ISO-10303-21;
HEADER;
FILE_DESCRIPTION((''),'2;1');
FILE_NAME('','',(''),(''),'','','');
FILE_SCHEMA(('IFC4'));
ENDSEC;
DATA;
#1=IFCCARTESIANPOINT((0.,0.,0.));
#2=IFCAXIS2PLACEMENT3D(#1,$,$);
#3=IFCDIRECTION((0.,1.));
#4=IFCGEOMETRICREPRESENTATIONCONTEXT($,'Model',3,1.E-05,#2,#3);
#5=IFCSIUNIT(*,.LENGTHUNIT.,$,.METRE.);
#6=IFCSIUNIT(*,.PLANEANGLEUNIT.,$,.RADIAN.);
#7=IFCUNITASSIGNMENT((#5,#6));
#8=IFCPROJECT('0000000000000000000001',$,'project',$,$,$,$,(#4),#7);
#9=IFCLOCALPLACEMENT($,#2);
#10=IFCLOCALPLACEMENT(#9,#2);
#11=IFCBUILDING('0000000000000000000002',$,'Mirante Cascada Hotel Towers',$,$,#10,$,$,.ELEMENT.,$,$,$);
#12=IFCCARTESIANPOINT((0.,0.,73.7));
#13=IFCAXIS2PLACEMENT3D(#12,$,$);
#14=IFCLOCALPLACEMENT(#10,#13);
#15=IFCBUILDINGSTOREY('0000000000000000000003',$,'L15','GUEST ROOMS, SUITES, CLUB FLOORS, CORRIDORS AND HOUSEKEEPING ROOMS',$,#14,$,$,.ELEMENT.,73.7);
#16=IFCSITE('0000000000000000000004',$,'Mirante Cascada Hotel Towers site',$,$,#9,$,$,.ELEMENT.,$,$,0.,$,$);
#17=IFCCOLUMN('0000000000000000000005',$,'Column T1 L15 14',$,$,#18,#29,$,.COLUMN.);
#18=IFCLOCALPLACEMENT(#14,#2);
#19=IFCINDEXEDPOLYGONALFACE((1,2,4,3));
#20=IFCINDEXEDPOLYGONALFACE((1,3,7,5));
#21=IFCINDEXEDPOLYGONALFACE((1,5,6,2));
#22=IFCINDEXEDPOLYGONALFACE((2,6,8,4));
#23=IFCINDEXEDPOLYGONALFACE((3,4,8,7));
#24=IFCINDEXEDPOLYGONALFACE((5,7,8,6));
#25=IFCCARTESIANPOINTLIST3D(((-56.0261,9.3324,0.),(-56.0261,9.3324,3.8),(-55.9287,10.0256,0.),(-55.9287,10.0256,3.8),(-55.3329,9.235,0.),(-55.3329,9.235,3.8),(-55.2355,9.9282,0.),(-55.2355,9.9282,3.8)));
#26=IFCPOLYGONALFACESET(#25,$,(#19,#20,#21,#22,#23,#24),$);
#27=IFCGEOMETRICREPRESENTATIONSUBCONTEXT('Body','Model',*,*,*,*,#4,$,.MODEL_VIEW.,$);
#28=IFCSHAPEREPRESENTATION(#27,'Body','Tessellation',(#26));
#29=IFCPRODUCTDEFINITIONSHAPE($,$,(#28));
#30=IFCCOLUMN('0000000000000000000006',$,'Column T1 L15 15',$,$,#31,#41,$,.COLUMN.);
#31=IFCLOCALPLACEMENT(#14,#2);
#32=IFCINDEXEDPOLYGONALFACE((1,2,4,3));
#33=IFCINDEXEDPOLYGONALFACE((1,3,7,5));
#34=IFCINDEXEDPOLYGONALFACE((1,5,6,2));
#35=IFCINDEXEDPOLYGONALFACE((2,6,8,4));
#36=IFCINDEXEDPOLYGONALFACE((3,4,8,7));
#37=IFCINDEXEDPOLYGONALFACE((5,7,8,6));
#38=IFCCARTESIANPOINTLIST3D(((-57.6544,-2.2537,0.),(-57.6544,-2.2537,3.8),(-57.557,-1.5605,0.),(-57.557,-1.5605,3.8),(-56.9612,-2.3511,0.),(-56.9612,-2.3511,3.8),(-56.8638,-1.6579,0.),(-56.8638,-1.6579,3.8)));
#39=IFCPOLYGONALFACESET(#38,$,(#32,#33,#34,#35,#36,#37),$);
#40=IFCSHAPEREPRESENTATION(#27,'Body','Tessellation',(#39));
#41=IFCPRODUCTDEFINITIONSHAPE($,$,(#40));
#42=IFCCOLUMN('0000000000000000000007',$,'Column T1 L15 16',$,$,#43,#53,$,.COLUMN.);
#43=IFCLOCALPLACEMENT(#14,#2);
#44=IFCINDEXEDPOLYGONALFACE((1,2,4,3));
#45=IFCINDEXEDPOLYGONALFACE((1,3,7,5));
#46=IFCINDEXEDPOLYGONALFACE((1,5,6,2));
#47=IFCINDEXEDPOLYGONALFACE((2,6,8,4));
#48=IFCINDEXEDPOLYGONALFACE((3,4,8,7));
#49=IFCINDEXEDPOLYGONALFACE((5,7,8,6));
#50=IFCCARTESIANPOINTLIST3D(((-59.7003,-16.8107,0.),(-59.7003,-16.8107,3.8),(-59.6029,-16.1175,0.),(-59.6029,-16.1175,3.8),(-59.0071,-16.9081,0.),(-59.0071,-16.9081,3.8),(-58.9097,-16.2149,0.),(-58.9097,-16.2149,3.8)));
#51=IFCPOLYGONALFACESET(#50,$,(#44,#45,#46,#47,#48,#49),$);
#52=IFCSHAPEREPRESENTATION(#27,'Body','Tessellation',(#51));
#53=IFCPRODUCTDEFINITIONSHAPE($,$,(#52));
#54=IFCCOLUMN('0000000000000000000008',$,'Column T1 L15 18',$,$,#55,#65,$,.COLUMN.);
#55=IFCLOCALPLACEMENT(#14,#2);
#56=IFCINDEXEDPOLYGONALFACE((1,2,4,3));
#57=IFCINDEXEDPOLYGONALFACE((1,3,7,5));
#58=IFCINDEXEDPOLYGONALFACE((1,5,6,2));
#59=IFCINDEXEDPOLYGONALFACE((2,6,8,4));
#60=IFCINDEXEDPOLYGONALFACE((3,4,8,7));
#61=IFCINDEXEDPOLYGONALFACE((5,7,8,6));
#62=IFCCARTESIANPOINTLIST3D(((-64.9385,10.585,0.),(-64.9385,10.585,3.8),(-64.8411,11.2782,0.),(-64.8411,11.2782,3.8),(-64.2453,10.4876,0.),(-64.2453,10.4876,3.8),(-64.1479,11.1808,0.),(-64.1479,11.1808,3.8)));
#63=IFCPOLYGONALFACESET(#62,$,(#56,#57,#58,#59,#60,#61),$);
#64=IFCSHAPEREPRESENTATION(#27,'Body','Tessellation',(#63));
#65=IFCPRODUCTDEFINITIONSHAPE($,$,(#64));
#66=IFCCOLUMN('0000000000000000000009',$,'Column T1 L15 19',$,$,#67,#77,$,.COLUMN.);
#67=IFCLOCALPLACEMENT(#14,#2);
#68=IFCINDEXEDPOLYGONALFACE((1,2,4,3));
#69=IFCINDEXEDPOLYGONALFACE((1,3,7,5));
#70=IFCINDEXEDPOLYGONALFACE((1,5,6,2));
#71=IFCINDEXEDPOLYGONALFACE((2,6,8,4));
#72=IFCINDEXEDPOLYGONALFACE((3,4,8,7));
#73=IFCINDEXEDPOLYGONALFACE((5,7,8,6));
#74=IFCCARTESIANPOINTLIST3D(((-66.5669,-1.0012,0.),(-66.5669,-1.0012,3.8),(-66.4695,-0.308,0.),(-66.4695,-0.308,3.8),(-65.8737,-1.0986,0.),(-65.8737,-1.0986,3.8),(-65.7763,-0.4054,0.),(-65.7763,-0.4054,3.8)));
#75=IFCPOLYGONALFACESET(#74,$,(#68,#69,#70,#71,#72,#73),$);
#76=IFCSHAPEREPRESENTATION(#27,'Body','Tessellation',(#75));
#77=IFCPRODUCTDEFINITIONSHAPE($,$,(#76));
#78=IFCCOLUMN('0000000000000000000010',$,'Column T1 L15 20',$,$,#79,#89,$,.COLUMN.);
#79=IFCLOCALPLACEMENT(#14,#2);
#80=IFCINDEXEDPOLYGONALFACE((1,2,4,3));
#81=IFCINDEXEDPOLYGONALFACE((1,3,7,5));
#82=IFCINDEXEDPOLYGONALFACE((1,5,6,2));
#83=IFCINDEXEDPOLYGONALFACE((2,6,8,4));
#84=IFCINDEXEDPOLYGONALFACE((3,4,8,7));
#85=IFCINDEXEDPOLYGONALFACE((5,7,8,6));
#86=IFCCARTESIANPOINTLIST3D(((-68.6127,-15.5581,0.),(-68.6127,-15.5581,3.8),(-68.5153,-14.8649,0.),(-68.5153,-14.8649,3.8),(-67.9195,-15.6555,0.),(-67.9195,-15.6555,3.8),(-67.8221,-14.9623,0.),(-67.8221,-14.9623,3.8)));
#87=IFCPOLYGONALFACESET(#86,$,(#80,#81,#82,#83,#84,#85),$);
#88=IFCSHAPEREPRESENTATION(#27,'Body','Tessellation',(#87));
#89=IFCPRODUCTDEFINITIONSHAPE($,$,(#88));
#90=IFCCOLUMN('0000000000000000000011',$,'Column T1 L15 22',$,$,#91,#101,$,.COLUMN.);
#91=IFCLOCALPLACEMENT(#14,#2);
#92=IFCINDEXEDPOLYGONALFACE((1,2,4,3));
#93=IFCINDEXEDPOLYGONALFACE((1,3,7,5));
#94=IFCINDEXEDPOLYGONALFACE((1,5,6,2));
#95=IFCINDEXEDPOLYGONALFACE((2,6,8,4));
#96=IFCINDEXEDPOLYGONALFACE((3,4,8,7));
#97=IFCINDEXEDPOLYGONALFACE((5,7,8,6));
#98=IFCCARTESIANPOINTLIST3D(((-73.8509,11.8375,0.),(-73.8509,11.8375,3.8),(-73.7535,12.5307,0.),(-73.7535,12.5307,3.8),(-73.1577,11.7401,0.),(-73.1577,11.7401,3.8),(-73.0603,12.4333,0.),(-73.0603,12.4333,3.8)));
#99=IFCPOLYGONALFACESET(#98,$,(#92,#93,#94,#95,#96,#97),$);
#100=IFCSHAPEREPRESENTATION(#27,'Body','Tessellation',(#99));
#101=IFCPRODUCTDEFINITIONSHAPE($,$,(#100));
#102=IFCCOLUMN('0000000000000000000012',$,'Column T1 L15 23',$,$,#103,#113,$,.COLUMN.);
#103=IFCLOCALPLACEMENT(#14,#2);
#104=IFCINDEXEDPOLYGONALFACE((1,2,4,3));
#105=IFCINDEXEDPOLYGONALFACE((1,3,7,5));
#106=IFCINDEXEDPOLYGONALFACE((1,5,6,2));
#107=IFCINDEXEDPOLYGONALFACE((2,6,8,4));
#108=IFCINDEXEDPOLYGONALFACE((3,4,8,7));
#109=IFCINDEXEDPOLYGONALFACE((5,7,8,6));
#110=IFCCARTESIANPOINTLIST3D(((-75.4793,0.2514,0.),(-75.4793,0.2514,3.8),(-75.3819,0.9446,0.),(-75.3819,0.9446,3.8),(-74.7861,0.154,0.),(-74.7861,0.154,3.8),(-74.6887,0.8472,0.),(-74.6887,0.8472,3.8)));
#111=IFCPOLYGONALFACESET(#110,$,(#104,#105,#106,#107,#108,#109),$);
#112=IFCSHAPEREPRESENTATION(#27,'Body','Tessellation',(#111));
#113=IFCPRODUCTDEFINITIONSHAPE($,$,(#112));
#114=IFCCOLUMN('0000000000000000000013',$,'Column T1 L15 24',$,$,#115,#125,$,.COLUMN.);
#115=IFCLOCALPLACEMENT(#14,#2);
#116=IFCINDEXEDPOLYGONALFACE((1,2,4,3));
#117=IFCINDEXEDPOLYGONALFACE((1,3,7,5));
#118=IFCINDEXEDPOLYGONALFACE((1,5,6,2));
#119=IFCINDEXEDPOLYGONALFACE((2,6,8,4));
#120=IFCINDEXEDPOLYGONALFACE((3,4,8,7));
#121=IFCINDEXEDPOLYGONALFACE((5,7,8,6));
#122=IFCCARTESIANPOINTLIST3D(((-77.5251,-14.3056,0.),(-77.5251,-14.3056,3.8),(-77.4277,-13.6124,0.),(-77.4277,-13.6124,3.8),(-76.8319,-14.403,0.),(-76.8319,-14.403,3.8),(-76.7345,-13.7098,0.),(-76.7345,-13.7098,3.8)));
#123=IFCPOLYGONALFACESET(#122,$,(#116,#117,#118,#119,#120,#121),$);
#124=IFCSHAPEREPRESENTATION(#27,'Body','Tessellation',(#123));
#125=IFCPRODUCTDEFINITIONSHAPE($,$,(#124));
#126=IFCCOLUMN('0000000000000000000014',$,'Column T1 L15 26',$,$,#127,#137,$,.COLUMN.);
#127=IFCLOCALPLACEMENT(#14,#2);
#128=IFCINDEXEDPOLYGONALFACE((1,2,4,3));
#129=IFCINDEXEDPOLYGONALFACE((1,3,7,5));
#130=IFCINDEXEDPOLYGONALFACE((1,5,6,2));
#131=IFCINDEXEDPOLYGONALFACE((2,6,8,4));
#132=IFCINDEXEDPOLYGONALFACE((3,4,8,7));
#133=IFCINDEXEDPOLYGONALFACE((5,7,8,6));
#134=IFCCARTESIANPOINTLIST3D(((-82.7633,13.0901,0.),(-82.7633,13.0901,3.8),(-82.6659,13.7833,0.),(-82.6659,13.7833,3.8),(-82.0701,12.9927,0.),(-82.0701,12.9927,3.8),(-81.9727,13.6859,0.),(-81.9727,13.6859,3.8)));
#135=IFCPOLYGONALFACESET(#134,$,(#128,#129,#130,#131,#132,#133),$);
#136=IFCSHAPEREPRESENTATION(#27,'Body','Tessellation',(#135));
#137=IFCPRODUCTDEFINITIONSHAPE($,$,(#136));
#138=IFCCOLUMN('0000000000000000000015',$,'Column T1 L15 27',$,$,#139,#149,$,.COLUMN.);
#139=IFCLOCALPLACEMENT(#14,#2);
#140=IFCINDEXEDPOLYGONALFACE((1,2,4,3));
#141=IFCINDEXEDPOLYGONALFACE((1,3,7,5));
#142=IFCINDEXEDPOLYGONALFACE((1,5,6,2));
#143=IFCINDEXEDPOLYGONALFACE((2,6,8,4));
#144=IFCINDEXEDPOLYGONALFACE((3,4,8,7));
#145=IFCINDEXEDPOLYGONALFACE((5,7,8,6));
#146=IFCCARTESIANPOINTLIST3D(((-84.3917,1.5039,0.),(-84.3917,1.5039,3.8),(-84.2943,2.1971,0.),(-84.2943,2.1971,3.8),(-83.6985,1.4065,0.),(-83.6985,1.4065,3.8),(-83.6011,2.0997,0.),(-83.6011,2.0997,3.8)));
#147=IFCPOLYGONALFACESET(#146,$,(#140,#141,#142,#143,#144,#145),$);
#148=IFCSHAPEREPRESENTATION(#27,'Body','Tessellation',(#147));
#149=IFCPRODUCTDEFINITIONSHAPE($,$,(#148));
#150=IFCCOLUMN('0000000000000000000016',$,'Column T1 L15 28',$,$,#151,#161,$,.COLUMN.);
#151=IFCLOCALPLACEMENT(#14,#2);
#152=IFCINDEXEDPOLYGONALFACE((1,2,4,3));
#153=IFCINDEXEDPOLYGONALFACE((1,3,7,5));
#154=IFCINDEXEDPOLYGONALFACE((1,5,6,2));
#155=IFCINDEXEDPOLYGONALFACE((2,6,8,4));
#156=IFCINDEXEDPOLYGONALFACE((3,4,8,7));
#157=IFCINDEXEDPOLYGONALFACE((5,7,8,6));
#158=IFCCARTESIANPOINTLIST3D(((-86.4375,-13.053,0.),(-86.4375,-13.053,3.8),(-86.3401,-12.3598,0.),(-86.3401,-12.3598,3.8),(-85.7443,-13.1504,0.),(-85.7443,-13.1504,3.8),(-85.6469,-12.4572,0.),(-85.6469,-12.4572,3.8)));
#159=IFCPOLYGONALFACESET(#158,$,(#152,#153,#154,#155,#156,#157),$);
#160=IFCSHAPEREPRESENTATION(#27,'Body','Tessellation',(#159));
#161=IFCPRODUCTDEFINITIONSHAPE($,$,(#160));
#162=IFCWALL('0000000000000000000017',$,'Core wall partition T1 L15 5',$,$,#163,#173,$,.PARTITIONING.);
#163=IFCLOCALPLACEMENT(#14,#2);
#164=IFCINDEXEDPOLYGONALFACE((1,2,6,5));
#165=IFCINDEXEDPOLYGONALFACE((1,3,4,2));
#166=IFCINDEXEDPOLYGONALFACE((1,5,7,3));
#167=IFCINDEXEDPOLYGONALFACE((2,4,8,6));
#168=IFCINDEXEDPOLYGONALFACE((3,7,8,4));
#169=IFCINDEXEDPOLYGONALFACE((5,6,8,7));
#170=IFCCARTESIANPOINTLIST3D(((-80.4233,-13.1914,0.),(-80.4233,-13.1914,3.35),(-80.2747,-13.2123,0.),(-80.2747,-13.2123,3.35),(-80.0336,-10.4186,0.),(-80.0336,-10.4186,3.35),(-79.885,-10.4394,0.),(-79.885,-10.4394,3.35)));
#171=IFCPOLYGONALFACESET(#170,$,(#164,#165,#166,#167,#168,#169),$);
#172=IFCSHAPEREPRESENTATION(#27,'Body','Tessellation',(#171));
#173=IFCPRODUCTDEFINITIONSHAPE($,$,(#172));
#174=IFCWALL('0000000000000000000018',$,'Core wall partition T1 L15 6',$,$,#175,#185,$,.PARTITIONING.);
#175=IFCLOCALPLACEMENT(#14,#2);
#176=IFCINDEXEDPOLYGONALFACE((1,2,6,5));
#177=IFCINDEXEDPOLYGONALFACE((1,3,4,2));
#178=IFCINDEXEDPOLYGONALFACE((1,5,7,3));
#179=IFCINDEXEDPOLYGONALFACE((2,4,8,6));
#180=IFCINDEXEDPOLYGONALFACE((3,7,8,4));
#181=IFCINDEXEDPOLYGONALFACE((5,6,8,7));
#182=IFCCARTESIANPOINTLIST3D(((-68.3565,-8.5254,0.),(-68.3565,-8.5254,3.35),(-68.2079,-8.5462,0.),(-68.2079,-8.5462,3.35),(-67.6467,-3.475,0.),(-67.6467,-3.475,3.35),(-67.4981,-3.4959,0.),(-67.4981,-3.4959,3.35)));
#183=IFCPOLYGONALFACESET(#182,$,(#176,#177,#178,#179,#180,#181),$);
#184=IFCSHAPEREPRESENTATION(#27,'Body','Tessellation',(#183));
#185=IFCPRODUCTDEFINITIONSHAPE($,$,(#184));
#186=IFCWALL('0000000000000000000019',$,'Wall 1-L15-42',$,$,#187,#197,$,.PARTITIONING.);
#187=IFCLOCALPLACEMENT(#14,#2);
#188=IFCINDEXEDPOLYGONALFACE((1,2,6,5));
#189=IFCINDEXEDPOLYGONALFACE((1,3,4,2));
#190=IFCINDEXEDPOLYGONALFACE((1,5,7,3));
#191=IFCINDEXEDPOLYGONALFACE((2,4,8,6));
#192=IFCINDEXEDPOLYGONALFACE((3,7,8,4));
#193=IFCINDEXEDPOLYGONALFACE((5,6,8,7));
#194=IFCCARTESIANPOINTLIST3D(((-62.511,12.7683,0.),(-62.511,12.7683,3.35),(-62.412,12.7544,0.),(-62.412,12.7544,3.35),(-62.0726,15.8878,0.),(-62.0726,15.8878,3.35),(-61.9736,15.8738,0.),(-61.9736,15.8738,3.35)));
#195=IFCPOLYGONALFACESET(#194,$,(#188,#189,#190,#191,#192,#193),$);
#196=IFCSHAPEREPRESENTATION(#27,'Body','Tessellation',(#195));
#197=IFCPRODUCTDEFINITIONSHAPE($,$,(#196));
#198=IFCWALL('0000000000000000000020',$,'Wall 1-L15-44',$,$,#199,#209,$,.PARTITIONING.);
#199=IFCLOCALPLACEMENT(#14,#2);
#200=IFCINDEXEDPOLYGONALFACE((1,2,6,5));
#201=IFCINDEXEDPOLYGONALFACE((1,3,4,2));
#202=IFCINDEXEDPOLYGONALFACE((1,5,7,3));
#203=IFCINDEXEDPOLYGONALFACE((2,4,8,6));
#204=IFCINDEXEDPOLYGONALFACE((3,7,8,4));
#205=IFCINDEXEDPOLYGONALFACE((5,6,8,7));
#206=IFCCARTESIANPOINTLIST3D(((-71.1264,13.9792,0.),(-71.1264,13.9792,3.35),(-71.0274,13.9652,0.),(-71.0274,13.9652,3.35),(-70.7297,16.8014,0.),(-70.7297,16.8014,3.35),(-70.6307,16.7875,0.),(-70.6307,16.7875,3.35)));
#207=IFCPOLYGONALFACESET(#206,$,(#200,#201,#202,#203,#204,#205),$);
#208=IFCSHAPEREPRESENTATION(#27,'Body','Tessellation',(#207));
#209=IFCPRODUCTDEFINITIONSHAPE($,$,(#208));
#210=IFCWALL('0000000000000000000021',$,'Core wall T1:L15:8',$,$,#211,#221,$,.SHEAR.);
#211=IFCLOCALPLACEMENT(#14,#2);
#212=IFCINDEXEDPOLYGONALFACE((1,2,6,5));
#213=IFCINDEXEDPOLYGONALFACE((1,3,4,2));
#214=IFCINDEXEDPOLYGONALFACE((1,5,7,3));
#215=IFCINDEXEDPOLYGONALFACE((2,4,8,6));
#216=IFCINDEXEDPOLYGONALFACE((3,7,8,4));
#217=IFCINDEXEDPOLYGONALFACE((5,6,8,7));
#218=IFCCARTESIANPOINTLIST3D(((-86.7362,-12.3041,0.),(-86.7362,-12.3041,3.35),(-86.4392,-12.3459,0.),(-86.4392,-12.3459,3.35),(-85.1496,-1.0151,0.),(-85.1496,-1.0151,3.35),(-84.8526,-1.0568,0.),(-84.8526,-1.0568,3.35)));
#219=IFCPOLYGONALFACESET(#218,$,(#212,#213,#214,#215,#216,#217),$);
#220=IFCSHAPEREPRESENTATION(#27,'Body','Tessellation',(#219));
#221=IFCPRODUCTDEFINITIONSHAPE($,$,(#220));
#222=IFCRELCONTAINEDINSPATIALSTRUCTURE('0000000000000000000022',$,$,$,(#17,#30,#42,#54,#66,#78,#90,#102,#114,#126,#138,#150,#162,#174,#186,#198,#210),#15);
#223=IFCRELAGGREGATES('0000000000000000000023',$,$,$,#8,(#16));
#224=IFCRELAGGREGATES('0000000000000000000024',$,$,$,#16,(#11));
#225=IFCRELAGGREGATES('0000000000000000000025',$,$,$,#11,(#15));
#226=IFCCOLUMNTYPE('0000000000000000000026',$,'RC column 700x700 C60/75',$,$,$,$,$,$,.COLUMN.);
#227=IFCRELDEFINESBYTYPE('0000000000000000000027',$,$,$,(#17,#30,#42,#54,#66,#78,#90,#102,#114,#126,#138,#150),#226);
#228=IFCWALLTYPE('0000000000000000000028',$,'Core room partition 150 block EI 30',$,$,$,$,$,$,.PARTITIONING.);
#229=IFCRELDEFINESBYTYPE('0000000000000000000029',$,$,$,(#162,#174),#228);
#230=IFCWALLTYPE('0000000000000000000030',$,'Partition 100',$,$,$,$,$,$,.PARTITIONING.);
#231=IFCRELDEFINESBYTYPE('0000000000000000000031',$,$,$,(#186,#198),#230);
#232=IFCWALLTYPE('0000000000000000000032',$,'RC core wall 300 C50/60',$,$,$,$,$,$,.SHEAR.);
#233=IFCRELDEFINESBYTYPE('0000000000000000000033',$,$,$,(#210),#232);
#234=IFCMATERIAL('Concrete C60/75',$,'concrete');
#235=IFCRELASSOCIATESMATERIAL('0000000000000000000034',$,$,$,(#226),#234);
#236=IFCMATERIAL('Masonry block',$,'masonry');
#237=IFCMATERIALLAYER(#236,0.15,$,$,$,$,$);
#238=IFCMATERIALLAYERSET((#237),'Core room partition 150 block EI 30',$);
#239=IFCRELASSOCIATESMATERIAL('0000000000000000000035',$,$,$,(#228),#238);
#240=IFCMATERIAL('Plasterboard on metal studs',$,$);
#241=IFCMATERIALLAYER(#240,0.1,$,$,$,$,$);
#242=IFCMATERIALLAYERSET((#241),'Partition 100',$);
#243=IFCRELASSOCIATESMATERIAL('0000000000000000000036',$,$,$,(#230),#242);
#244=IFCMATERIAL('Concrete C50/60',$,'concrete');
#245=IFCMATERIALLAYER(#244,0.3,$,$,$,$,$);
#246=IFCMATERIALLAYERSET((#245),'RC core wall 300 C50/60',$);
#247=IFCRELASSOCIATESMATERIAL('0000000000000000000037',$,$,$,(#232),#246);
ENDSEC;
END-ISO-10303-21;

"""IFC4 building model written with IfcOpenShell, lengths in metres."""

from ifc_helpers import new_model, si_unit, direction, frame, frame_2d, origin, origin_2d, place, context, subcontext, project, spatial, rectangle, extrude, material, layer, layer_set, material_profile, profile_set, type_object, element, save


model = new_model("IFC4")

# Units and contexts
model_context = context("Model", 3, precision=1e-05, world=origin(), true_north=direction((0.0, 1.0)))
body_context = subcontext(model_context, "Body", "Model", "MODEL_VIEW")
ifc_project = project(units=[si_unit("LENGTHUNIT", "METRE"), si_unit("PLANEANGLEUNIT", "RADIAN")], contexts=[model_context])

# Site, building, storey
site_placement = place(None, origin())
site = spatial("IfcSite", under=ifc_project, at=site_placement, Name="Mirante Cascada Hotel Towers site", CompositionType="ELEMENT", RefElevation=0.0)
building_placement = place(site_placement, origin())
building = spatial("IfcBuilding", under=site, at=building_placement, Name="Mirante Cascada Hotel Towers", CompositionType="ELEMENT")
storey_placement = place(building_placement, frame((0.0, 0.0, 73.7)))
storey = spatial("IfcBuildingStorey", under=building, at=storey_placement, Name="L15", Description="GUEST ROOMS, SUITES, CLUB FLOORS, CORRIDORS AND HOUSEKEEPING ROOMS", CompositionType="ELEMENT", Elevation=73.7)

# Columns
ifc_material_1 = material(Name="Concrete C60/75", Category="concrete")
ifc_material_profile = material_profile(ifc_material_1, rectangle(XDim=0.7, YDim=0.7, at=origin_2d()), Name="RC column 700x700 C60/75")
ifc_profile_set = profile_set([ifc_material_profile], Name="Concrete C60/75")
column_type = type_object("IfcColumnType", Name="RC column 700x700 C60/75", PredefinedType="COLUMN", material=ifc_profile_set)
for number, where, z_axis, x_axis, name in (
    (1, (-55.6308, 9.6303, 0.0), (0.0, 0.0, 1.0), (-0.990268, 0.139173, 0.0), "Column T1 L15 14"),
    (2, (-57.2591, -1.9558, 0.0), (0.0, 0.0, 1.0), (-0.990268, 0.139173, 0.0), "Column T1 L15 15"),
    (3, (-59.305, -16.5128, 0.0), (0.0, 0.0, 1.0), (-0.990268, 0.139173, 0.0), "Column T1 L15 16"),
    (4, (-64.5432, 10.8829, 0.0), (0.0, 0.0, 1.0), (-0.990268, 0.139173, 0.0), "Column T1 L15 18"),
    (5, (-66.1716, -0.7033, 0.0), (0.0, 0.0, 1.0), (-0.990268, 0.139173, 0.0), "Column T1 L15 19"),
    (6, (-68.2174, -15.2602, 0.0), (0.0, 0.0, 1.0), (-0.990268, 0.139173, 0.0), "Column T1 L15 20"),
    (7, (-73.4556, 12.1354, 0.0), (0.0, 0.0, 1.0), (-0.990268, 0.139173, 0.0), "Column T1 L15 22"),
    (8, (-75.084, 0.5493, 0.0), (0.0, 0.0, 1.0), (-0.990268, 0.139173, 0.0), "Column T1 L15 23"),
    (9, (-77.1298, -14.0077, 0.0), (0.0, 0.0, 1.0), (-0.990268, 0.139173, 0.0), "Column T1 L15 24"),
    (10, (-82.368, 13.388, 0.0), (0.0, 0.0, 1.0), (-0.990268, 0.139173, 0.0), "Column T1 L15 26"),
    (11, (-83.9964, 1.8018, 0.0), (0.0, 0.0, 1.0), (-0.990268, 0.139173, 0.0), "Column T1 L15 27"),
    (12, (-86.0422, -12.7551, 0.0), (0.0, 0.0, 1.0), (-0.990268, 0.139173, 0.0), "Column T1 L15 28"),
):
    element("IfcColumn", number, at=place(storey_placement, frame(where, z_axis=z_axis, x_axis=x_axis)), inside=storey, type_object=column_type, Name=name, PredefinedType="COLUMN", context=body_context, shape_type="SweptSolid", body=[
        extrude(rectangle(XDim=0.7, YDim=0.7, at=origin_2d()), origin(), (0.0, 0.0, 1.0), 3.8),
    ])

# Walls
ifc_material_2 = material(Name="Masonry block", Category="masonry")
ifc_layer_1 = layer(ifc_material_2, 0.15)
ifc_layer_set_1 = layer_set([ifc_layer_1], Name="Core room partition 150 block EI 30")
wall_type_1 = type_object("IfcWallType", Name="Core room partition 150 block EI 30", PredefinedType="PARTITIONING", material=ifc_layer_set_1)
wall_1_placement = place(storey_placement, frame((-80.349, -13.2018, 0.0), z_axis=(0.0, 0.0, 1.0), x_axis=(0.139176, 0.990268, 0.0)))
element("IfcWall", 13, at=wall_1_placement, inside=storey, type_object=wall_type_1, Name="Core wall partition T1 L15 5", PredefinedType="PARTITIONING", context=body_context, shape_type="SweptSolid", body=[
    extrude(rectangle(XDim=2.8001, YDim=0.15, at=frame_2d((1.4, 0.0))), origin(), (0.0, 0.0, 1.0), 3.35),
])
wall_2_placement = place(storey_placement, frame((-68.2822, -8.5358, 0.0), z_axis=(0.0, 0.0, 1.0), x_axis=(0.139176, 0.990268, 0.0)))
element("IfcWall", 14, at=wall_2_placement, inside=storey, type_object=wall_type_1, Name="Core wall partition T1 L15 6", PredefinedType="PARTITIONING", context=body_context, shape_type="SweptSolid", body=[
    extrude(rectangle(XDim=5.1, YDim=0.15, at=frame_2d((2.55, 0.0))), origin(), (0.0, 0.0, 1.0), 3.35),
])
ifc_material_3 = material(Name="Plasterboard on metal studs")
ifc_layer_2 = layer(ifc_material_3, 0.1)
ifc_layer_set_2 = layer_set([ifc_layer_2], Name="Partition 100")
wall_type_2 = type_object("IfcWallType", Name="Partition 100", PredefinedType="PARTITIONING", material=ifc_layer_set_2)
wall_3_placement = place(storey_placement, frame((-62.4615, 12.7614, 0.0), z_axis=(0.0, 0.0, 1.0), x_axis=(0.139172, 0.990268, 0.0)))
element("IfcWall", 15, at=wall_3_placement, inside=storey, type_object=wall_type_2, Name="Wall 1-L15-42", PredefinedType="PARTITIONING", context=body_context, shape_type="SweptSolid", body=[
    extrude(rectangle(XDim=3.1501, YDim=0.1, at=frame_2d((1.575, 0.0))), origin(), (0.0, 0.0, 1.0), 3.35),
])
wall_4_placement = place(storey_placement, frame((-71.0769, 13.9722, 0.0), z_axis=(0.0, 0.0, 1.0), x_axis=(0.139191, 0.990266, 0.0)))
element("IfcWall", 16, at=wall_4_placement, inside=storey, type_object=wall_type_2, Name="Wall 1-L15-44", PredefinedType="PARTITIONING", context=body_context, shape_type="SweptSolid", body=[
    extrude(rectangle(XDim=2.85, YDim=0.1, at=frame_2d((1.425, 0.0))), origin(), (0.0, 0.0, 1.0), 3.35),
])
ifc_material_4 = material(Name="Concrete C50/60", Category="concrete")
ifc_layer_3 = layer(ifc_material_4, 0.3)
ifc_layer_set_3 = layer_set([ifc_layer_3], Name="RC core wall 300 C50/60")
wall_type_3 = type_object("IfcWallType", Name="RC core wall 300 C50/60", PredefinedType="SHEAR", material=ifc_layer_set_3)
wall_5_placement = place(storey_placement, frame((-86.5877, -12.325, 0.0), z_axis=(0.0, 0.0, 1.0), x_axis=(0.139175, 0.990268, 0.0)))
element("IfcWall", 17, at=wall_5_placement, inside=storey, type_object=wall_type_3, Name="Core wall T1:L15:8", PredefinedType="SHEAR", context=body_context, shape_type="SweptSolid", body=[
    extrude(rectangle(XDim=11.4, YDim=0.3, at=frame_2d((5.7, 0.0))), origin(), (0.0, 0.0, 1.0), 3.35),
])

save(model, "model.ifc")
